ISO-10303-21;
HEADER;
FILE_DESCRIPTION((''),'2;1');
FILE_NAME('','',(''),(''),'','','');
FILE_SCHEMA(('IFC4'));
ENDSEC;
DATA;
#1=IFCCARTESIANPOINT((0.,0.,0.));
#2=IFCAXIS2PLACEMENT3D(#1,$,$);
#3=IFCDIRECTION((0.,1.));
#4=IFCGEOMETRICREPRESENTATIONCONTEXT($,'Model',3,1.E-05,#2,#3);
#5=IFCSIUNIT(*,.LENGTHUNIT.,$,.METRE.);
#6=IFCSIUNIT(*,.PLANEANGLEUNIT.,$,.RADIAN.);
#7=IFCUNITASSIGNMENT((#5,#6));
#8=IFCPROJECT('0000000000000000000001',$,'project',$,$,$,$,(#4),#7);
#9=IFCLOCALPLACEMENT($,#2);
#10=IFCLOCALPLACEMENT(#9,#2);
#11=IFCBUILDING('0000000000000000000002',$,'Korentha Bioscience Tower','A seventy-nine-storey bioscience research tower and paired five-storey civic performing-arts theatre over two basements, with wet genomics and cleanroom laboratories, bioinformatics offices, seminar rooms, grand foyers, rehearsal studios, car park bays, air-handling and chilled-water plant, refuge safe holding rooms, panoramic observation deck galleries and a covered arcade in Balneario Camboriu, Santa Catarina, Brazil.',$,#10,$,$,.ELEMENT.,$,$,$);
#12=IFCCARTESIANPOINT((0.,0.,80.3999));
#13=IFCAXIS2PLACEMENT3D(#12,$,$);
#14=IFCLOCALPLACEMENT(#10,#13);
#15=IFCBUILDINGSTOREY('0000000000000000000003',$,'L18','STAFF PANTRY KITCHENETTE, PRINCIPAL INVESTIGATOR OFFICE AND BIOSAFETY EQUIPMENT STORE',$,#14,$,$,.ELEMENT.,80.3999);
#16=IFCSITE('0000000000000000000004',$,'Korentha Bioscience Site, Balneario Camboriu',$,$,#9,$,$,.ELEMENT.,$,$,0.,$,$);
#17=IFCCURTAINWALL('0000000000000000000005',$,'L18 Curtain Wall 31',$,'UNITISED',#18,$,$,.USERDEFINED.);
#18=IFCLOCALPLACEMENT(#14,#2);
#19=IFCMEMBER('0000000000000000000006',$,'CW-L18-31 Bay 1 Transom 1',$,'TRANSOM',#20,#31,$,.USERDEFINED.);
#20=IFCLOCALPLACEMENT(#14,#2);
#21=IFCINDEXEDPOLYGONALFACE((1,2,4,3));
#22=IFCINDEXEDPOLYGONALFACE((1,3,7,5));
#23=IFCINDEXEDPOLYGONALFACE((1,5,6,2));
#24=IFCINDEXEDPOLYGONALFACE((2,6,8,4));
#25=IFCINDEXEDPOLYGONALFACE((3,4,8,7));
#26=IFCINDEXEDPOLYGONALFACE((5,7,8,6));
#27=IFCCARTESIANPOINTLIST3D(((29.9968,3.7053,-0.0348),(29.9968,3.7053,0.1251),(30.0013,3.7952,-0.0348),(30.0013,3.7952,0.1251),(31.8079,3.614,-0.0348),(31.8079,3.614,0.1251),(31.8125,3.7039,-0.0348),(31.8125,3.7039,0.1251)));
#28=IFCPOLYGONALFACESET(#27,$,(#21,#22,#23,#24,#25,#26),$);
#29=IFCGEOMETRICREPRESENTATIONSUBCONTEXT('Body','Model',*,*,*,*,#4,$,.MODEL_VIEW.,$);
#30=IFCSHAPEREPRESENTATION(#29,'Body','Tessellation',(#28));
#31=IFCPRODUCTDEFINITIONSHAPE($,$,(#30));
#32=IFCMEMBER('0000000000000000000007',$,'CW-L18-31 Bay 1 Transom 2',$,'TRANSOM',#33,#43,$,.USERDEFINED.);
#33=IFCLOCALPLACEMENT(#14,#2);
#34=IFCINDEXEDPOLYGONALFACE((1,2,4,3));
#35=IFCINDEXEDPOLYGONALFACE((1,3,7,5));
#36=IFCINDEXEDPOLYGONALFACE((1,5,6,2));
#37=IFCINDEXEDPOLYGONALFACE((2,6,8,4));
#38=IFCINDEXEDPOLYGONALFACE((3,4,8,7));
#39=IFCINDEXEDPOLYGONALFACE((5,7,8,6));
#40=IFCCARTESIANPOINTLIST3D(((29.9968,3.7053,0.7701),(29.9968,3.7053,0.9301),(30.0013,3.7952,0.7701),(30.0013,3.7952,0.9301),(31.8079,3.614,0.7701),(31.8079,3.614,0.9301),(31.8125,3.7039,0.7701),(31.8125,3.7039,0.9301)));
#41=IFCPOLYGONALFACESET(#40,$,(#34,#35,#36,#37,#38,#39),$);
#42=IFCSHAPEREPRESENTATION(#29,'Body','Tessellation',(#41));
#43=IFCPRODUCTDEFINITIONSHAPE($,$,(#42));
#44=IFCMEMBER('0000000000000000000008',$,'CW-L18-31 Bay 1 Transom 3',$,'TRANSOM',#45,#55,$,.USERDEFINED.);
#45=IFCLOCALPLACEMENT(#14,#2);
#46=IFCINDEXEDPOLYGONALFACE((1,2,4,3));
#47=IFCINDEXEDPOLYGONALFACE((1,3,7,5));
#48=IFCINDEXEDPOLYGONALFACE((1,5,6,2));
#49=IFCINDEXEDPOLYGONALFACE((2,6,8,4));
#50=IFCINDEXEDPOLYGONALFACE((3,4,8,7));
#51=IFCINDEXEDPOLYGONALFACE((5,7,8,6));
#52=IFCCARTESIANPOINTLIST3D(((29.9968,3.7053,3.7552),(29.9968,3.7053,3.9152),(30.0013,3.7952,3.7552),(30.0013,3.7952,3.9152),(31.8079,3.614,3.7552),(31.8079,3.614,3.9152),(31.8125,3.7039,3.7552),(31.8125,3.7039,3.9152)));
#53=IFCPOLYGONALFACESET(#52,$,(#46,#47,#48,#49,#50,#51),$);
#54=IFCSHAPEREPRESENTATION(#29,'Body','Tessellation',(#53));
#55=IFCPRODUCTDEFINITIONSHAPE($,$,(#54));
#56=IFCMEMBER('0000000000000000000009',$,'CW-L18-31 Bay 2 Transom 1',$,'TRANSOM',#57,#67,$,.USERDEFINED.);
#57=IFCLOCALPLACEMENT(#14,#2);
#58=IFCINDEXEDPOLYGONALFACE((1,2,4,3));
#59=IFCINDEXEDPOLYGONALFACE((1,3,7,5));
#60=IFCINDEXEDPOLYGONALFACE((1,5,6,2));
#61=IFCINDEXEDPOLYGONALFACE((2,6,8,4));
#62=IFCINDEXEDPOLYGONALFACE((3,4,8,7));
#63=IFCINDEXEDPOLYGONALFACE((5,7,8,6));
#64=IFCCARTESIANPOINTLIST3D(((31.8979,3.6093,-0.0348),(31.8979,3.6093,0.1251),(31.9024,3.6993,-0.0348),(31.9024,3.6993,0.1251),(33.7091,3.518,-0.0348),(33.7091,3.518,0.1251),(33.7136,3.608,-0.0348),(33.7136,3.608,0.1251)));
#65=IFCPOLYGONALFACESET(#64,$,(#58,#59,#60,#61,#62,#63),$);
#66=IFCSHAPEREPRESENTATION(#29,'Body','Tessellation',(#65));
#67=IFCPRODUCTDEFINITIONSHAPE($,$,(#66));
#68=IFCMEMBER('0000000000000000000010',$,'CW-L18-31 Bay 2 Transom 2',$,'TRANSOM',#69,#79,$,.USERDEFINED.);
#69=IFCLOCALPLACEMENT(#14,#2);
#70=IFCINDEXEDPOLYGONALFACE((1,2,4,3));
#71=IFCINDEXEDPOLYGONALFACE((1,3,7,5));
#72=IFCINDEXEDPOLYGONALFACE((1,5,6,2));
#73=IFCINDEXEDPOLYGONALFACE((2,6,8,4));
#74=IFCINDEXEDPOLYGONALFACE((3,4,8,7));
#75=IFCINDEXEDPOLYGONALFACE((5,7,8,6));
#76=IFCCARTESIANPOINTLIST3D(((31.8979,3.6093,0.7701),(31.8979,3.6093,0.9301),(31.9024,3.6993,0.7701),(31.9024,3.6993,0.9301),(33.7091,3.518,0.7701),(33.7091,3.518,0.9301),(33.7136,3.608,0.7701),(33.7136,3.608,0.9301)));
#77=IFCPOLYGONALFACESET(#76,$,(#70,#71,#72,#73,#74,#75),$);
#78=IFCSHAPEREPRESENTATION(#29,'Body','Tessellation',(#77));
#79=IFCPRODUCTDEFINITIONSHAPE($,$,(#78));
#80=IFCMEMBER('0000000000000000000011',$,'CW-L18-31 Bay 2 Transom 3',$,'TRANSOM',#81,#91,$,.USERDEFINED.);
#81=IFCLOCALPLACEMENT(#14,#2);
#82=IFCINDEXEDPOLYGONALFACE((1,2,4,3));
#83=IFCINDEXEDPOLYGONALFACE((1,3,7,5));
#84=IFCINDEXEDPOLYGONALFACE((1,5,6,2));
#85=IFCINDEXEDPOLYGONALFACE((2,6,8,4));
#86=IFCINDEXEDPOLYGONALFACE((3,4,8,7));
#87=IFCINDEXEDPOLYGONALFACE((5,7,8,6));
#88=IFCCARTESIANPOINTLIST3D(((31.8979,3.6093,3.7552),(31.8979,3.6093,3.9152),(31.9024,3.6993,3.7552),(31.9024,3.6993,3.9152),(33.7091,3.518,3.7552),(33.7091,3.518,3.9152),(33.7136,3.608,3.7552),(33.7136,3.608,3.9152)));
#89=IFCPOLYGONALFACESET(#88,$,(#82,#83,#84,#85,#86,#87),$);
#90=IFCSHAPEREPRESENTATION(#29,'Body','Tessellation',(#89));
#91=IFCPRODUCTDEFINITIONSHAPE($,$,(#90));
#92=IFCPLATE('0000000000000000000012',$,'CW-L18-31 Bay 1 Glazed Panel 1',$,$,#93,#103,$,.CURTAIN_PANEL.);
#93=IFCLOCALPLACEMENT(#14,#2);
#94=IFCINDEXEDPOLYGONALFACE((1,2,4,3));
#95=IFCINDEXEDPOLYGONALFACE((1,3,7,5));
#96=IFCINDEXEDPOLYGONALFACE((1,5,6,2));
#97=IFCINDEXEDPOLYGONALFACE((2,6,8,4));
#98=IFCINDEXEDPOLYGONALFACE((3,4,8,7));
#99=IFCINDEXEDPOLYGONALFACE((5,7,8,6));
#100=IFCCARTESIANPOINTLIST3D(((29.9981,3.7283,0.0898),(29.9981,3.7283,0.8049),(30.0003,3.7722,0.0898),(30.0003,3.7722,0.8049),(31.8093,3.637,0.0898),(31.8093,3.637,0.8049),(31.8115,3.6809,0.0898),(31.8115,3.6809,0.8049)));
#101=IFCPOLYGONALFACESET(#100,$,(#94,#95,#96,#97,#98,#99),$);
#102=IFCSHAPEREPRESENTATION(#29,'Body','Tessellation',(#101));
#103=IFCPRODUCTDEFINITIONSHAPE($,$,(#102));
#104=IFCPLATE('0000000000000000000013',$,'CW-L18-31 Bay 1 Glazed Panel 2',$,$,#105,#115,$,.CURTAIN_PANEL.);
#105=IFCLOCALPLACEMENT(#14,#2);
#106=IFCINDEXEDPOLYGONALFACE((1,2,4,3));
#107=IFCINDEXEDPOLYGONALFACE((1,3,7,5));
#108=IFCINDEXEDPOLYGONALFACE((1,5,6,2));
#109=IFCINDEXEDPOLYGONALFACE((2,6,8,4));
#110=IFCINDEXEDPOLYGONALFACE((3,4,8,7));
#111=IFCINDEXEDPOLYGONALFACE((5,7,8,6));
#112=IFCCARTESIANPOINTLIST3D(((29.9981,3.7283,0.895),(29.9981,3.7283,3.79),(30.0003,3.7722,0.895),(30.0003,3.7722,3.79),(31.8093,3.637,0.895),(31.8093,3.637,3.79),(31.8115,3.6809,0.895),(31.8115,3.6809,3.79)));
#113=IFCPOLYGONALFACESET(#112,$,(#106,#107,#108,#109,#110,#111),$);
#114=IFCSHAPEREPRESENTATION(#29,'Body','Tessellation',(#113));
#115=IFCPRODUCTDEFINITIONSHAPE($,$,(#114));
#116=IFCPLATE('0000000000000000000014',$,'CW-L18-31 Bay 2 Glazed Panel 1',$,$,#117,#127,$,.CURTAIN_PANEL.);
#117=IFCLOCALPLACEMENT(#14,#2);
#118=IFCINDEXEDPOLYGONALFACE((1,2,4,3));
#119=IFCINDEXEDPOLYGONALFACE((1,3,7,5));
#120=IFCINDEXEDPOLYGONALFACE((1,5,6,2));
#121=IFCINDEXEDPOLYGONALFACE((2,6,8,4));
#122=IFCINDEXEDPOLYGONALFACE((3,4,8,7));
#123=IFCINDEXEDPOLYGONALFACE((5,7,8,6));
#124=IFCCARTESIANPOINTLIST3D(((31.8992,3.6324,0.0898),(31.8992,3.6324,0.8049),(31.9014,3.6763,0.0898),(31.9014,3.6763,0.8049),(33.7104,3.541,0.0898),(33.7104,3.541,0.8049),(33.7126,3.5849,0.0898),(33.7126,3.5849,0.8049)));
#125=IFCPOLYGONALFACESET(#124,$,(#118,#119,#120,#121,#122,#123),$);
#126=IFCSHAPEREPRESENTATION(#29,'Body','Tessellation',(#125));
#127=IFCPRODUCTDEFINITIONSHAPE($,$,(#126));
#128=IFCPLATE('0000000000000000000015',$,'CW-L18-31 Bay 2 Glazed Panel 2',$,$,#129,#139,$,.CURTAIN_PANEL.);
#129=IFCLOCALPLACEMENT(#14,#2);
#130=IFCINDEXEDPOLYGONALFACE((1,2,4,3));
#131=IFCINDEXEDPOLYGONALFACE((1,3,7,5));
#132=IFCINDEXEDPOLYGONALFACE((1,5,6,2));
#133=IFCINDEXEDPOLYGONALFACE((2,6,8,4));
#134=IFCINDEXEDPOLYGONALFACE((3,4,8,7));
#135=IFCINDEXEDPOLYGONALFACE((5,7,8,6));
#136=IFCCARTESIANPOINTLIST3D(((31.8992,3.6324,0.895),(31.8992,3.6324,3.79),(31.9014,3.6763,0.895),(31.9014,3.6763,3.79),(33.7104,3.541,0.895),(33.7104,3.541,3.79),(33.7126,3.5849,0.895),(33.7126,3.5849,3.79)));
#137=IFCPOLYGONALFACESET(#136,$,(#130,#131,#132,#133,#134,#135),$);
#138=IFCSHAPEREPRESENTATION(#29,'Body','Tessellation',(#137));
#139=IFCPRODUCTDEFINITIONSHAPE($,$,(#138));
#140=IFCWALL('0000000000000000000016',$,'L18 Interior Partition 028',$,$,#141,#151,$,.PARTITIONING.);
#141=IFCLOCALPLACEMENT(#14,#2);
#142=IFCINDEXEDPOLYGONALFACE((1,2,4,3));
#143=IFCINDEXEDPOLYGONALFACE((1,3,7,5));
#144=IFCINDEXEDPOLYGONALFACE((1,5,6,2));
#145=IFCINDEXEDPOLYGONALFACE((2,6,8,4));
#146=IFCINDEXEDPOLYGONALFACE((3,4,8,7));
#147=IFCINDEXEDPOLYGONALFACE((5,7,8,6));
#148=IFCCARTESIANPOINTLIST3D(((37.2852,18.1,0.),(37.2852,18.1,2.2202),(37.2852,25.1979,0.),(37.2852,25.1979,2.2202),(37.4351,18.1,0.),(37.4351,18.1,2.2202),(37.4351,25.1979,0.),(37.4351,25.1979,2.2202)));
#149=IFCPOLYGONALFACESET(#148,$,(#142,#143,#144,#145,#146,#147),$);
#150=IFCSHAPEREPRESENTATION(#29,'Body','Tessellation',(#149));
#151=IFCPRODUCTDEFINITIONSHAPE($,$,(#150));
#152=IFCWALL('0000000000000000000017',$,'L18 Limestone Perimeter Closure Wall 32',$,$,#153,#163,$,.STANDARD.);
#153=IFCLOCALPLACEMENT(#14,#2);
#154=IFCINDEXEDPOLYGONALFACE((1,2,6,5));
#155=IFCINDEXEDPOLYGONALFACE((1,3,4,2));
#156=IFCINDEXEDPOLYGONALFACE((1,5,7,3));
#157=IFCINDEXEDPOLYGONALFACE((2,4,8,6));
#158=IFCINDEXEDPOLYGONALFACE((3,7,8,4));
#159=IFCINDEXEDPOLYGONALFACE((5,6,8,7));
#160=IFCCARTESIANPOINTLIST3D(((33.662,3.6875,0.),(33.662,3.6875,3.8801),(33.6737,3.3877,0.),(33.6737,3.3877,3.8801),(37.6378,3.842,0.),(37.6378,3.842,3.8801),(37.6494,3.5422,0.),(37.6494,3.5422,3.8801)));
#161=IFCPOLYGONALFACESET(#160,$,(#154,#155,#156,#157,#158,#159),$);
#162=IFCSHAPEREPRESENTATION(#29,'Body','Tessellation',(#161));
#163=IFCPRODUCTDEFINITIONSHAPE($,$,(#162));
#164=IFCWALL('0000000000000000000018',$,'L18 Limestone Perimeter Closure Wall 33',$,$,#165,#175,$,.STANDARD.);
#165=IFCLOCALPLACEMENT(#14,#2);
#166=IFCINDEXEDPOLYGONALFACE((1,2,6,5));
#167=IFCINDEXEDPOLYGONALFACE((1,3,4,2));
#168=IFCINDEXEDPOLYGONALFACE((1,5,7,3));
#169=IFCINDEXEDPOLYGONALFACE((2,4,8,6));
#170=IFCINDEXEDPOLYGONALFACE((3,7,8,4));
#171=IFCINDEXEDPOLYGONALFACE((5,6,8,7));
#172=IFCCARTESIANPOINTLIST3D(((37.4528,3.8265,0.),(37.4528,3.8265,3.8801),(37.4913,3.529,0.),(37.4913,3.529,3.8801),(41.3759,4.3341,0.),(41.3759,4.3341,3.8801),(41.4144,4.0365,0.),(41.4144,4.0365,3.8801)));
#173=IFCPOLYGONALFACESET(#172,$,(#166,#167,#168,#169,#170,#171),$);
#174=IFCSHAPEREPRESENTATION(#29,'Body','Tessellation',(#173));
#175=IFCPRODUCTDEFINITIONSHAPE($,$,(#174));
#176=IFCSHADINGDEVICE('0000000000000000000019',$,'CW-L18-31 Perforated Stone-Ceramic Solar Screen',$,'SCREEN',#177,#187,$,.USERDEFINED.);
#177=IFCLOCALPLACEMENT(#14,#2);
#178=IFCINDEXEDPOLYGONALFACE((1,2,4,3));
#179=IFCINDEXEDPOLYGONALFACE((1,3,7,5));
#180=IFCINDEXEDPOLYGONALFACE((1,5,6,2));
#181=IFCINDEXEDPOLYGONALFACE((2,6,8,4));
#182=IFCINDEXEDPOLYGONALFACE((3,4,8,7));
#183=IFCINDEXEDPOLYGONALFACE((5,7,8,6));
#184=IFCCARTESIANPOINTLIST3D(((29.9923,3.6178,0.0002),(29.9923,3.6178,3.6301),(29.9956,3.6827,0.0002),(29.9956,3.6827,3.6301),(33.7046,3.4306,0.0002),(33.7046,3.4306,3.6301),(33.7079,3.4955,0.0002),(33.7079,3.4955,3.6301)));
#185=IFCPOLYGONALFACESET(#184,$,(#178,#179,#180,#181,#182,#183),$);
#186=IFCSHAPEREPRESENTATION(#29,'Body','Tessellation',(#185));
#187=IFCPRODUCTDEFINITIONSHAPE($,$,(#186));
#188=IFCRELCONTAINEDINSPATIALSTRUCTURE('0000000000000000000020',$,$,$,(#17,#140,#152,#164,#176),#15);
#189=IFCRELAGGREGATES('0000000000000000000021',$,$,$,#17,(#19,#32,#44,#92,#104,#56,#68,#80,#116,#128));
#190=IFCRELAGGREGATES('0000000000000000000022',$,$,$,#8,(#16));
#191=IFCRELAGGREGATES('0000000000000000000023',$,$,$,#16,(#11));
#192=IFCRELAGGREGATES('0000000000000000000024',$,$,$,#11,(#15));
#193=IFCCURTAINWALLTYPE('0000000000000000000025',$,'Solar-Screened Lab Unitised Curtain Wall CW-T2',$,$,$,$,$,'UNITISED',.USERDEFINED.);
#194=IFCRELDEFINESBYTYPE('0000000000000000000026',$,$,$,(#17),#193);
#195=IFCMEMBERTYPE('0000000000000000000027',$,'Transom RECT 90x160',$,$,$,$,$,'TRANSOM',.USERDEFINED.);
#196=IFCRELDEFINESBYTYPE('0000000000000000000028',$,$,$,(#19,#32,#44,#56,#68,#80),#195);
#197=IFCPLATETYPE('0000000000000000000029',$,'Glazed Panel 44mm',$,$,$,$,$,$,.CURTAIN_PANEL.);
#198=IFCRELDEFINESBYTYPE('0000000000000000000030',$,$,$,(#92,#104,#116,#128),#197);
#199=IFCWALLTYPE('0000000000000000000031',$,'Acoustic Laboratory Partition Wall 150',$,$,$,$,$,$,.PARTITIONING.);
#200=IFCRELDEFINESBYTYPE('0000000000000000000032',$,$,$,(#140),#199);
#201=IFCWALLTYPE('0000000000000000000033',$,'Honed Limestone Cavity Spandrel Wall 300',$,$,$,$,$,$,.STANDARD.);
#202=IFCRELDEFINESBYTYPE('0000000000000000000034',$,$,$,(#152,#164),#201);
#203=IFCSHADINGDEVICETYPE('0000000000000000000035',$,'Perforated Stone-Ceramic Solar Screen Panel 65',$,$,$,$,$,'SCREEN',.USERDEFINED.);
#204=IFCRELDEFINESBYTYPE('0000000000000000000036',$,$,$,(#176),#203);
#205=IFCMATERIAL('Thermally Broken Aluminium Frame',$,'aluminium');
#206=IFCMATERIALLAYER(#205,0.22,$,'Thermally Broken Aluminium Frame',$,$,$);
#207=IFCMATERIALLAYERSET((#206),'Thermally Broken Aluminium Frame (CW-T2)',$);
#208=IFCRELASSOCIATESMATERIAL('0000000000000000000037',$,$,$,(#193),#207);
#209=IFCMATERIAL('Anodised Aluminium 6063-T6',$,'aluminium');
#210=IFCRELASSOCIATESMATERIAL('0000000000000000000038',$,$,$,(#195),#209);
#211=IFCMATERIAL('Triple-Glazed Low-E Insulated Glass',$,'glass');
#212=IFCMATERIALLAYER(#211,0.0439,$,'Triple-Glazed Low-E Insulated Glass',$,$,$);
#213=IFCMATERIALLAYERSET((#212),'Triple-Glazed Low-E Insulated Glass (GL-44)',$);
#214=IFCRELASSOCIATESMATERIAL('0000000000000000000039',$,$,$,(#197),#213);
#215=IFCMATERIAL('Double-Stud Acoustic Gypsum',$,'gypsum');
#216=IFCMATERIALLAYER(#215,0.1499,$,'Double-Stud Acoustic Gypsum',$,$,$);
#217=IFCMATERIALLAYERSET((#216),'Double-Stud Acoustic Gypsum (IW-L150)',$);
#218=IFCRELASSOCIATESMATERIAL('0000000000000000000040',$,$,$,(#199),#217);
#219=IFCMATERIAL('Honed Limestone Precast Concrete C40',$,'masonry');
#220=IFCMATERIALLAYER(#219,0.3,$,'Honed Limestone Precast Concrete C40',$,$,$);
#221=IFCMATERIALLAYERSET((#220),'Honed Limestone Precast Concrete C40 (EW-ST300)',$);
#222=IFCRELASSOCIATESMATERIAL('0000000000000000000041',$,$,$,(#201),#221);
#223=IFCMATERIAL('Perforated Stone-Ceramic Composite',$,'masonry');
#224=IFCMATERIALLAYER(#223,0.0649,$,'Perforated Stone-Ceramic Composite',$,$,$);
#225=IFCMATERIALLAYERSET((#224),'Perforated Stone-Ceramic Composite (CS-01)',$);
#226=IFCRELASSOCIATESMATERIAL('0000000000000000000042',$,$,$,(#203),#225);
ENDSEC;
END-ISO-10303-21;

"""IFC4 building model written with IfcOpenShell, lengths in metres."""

from ifc_helpers import new_model, si_unit, direction, frame, frame_2d, origin, origin_2d, place, context, subcontext, project, spatial, rectangle, extrude, material, layer, layer_set, material_profile, profile_set, type_object, element, aggregate, save


model = new_model("IFC4")

# Units and contexts
model_context = context("Model", 3, precision=1e-05, world=origin(), true_north=direction((0.0, 1.0)))
body_context = subcontext(model_context, "Body", "Model", "MODEL_VIEW")
ifc_project = project(units=[si_unit("LENGTHUNIT", "METRE"), si_unit("PLANEANGLEUNIT", "RADIAN")], contexts=[model_context])

# Site, building, storey
site_placement = place(None, origin())
site = spatial("IfcSite", under=ifc_project, at=site_placement, Name="Korentha Bioscience Site, Balneario Camboriu", CompositionType="ELEMENT", RefElevation=0.0)
building_placement = place(site_placement, origin())
building = spatial("IfcBuilding", under=site, at=building_placement, Name="Korentha Bioscience Tower", Description="A seventy-nine-storey bioscience research tower and paired five-storey civic performing-arts theatre over two basements, with wet genomics and cleanroom laboratories, bioinformatics offices, seminar rooms, grand foyers, rehearsal studios, car park bays, air-handling and chilled-water plant, refuge safe holding rooms, panoramic observation deck galleries and a covered arcade in Balneario Camboriu, Santa Catarina, Brazil.", CompositionType="ELEMENT")
storey_placement = place(building_placement, frame((0.0, 0.0, 80.3999)))
storey = spatial("IfcBuildingStorey", under=building, at=storey_placement, Name="L18", Description="STAFF PANTRY KITCHENETTE, PRINCIPAL INVESTIGATOR OFFICE AND BIOSAFETY EQUIPMENT STORE", CompositionType="ELEMENT", Elevation=80.3999)

# Curtain wall, members, plates
ifc_material_1 = material(Name="Thermally Broken Aluminium Frame", Category="aluminium")
ifc_layer_1 = layer(ifc_material_1, 0.22, Name="Thermally Broken Aluminium Frame")
ifc_layer_set_1 = layer_set([ifc_layer_1], Name="Thermally Broken Aluminium Frame (CW-T2)")
curtain_wall_type = type_object("IfcCurtainWallType", Name="Solar-Screened Lab Unitised Curtain Wall CW-T2", ElementType="UNITISED", PredefinedType="USERDEFINED", material=ifc_layer_set_1)
curtain_wall_placement = place(storey_placement, origin())
curtain_wall = element("IfcCurtainWall", 1, at=curtain_wall_placement, inside=storey, type_object=curtain_wall_type, Name="L18 Curtain Wall 31", ObjectType="UNITISED", PredefinedType="USERDEFINED")
ifc_material_2 = material(Name="Anodised Aluminium 6063-T6", Category="aluminium")
ifc_material_profile_1 = material_profile(ifc_material_2, rectangle(XDim=0.0901, YDim=0.1599, at=origin_2d()), Name="Anodised Aluminium 6063-T6")
ifc_profile_set_1 = profile_set([ifc_material_profile_1], Name="Anodised Aluminium 6063-T6 (CW-TRN)")
member_type_1 = type_object("IfcMemberType", Name="Transom RECT 90x160", ElementType="TRANSOM", PredefinedType="USERDEFINED", material=ifc_profile_set_1)
member_1_placement = place(storey_placement, frame((29.999, 3.7502, 0.0452), z_axis=(0.998732, -0.050347, 0.0), x_axis=(0.050347, 0.998732, 0.0)))
member_1 = element("IfcMember", 2, at=member_1_placement, type_object=member_type_1, Name="CW-L18-31 Bay 1 Transom 1", ObjectType="TRANSOM", PredefinedType="USERDEFINED", context=body_context, shape_type="SweptSolid", body=[
    extrude(rectangle(XDim=0.0901, YDim=0.1599, at=origin_2d()), origin(), (0.0, 0.0, 1.0), 1.8135),
])
member_2_placement = place(storey_placement, frame((29.999, 3.7502, 0.8501), z_axis=(0.998732, -0.050347, 0.0), x_axis=(0.050347, 0.998732, 0.0)))
member_2 = element("IfcMember", 3, at=member_2_placement, type_object=member_type_1, Name="CW-L18-31 Bay 1 Transom 2", ObjectType="TRANSOM", PredefinedType="USERDEFINED", context=body_context, shape_type="SweptSolid", body=[
    extrude(rectangle(XDim=0.0901, YDim=0.1599, at=origin_2d()), origin(), (0.0, 0.0, 1.0), 1.8135),
])
member_3_placement = place(storey_placement, frame((29.999, 3.7502, 3.8352), z_axis=(0.998732, -0.050347, 0.0), x_axis=(0.050347, 0.998732, 0.0)))
member_3 = element("IfcMember", 4, at=member_3_placement, type_object=member_type_1, Name="CW-L18-31 Bay 1 Transom 3", ObjectType="TRANSOM", PredefinedType="USERDEFINED", context=body_context, shape_type="SweptSolid", body=[
    extrude(rectangle(XDim=0.0901, YDim=0.1599, at=origin_2d()), origin(), (0.0, 0.0, 1.0), 1.8135),
])
member_4_placement = place(storey_placement, frame((31.9001, 3.6543, 0.0452), z_axis=(0.998732, -0.050347, 0.0), x_axis=(0.050347, 0.998732, 0.0)))
member_4 = element("IfcMember", 5, at=member_4_placement, type_object=member_type_1, Name="CW-L18-31 Bay 2 Transom 1", ObjectType="TRANSOM", PredefinedType="USERDEFINED", context=body_context, shape_type="SweptSolid", body=[
    extrude(rectangle(XDim=0.0901, YDim=0.1599, at=origin_2d()), origin(), (0.0, 0.0, 1.0), 1.8135),
])
member_5_placement = place(storey_placement, frame((31.9001, 3.6543, 0.8501), z_axis=(0.998732, -0.050347, 0.0), x_axis=(0.050347, 0.998732, 0.0)))
member_5 = element("IfcMember", 6, at=member_5_placement, type_object=member_type_1, Name="CW-L18-31 Bay 2 Transom 2", ObjectType="TRANSOM", PredefinedType="USERDEFINED", context=body_context, shape_type="SweptSolid", body=[
    extrude(rectangle(XDim=0.0901, YDim=0.1599, at=origin_2d()), origin(), (0.0, 0.0, 1.0), 1.8135),
])
member_6_placement = place(storey_placement, frame((31.9001, 3.6543, 3.8352), z_axis=(0.998732, -0.050347, 0.0), x_axis=(0.050347, 0.998732, 0.0)))
member_6 = element("IfcMember", 7, at=member_6_placement, type_object=member_type_1, Name="CW-L18-31 Bay 2 Transom 3", ObjectType="TRANSOM", PredefinedType="USERDEFINED", context=body_context, shape_type="SweptSolid", body=[
    extrude(rectangle(XDim=0.0901, YDim=0.1599, at=origin_2d()), origin(), (0.0, 0.0, 1.0), 1.8135),
])
ifc_material_3 = material(Name="Triple-Glazed Low-E Insulated Glass", Category="glass")
ifc_layer_2 = layer(ifc_material_3, 0.0439, Name="Triple-Glazed Low-E Insulated Glass")
ifc_layer_set_2 = layer_set([ifc_layer_2], Name="Triple-Glazed Low-E Insulated Glass (GL-44)")
plate_type = type_object("IfcPlateType", Name="Glazed Panel 44mm", PredefinedType="CURTAIN_PANEL", material=ifc_layer_set_2)
plate_1_placement = place(storey_placement, frame((30.9048, 3.7046, 0.0898), z_axis=(0.0, 0.0, 1.0), x_axis=(0.998731, -0.050371, 0.0)))
plate_1 = element("IfcPlate", 8, at=plate_1_placement, type_object=plate_type, Name="CW-L18-31 Bay 1 Glazed Panel 1", PredefinedType="CURTAIN_PANEL", context=body_context, shape_type="SweptSolid", body=[
    extrude(rectangle(XDim=1.8135, YDim=0.0439, at=origin_2d()), origin(), (0.0, 0.0, 1.0), 0.7151),
])
plate_2_placement = place(storey_placement, frame((30.9048, 3.7046, 0.895), z_axis=(0.0, 0.0, 1.0), x_axis=(0.998731, -0.050371, 0.0)))
plate_2 = element("IfcPlate", 9, at=plate_2_placement, type_object=plate_type, Name="CW-L18-31 Bay 1 Glazed Panel 2", PredefinedType="CURTAIN_PANEL", context=body_context, shape_type="SweptSolid", body=[
    extrude(rectangle(XDim=1.8135, YDim=0.0439, at=origin_2d()), origin(), (0.0, 0.0, 1.0), 2.895),
])
plate_3_placement = place(storey_placement, frame((32.8059, 3.6086, 0.0898), z_axis=(0.0, 0.0, 1.0), x_axis=(0.998731, -0.050371, 0.0)))
plate_3 = element("IfcPlate", 10, at=plate_3_placement, type_object=plate_type, Name="CW-L18-31 Bay 2 Glazed Panel 1", PredefinedType="CURTAIN_PANEL", context=body_context, shape_type="SweptSolid", body=[
    extrude(rectangle(XDim=1.8135, YDim=0.0439, at=origin_2d()), origin(), (0.0, 0.0, 1.0), 0.7151),
])
plate_4_placement = place(storey_placement, frame((32.8059, 3.6086, 0.895), z_axis=(0.0, 0.0, 1.0), x_axis=(0.998731, -0.050371, 0.0)))
plate_4 = element("IfcPlate", 11, at=plate_4_placement, type_object=plate_type, Name="CW-L18-31 Bay 2 Glazed Panel 2", PredefinedType="CURTAIN_PANEL", context=body_context, shape_type="SweptSolid", body=[
    extrude(rectangle(XDim=1.8135, YDim=0.0439, at=origin_2d()), origin(), (0.0, 0.0, 1.0), 2.895),
])
aggregate(curtain_wall, [member_1, member_2, member_3, plate_1, plate_2, member_4, member_5, member_6, plate_3, plate_4])

# Walls
ifc_material_4 = material(Name="Double-Stud Acoustic Gypsum", Category="gypsum")
ifc_layer_3 = layer(ifc_material_4, 0.1499, Name="Double-Stud Acoustic Gypsum")
ifc_layer_set_3 = layer_set([ifc_layer_3], Name="Double-Stud Acoustic Gypsum (IW-L150)")
wall_type_1 = type_object("IfcWallType", Name="Acoustic Laboratory Partition Wall 150", PredefinedType="PARTITIONING", material=ifc_layer_set_3)
wall_1_placement = place(storey_placement, frame((37.3601, 18.1001, 0.0), z_axis=(0.0, 0.0, 1.0), x_axis=(0.0, 1.0, 0.0)))
element("IfcWall", 12, at=wall_1_placement, inside=storey, type_object=wall_type_1, Name="L18 Interior Partition 028", PredefinedType="PARTITIONING", context=body_context, shape_type="SweptSolid", body=[
    extrude(rectangle(XDim=7.0979, YDim=0.1499, at=frame_2d((3.5488, 0.0))), origin(), (0.0, 0.0, 1.0), 2.2202),
])
ifc_material_5 = material(Name="Honed Limestone Precast Concrete C40", Category="masonry")
ifc_layer_4 = layer(ifc_material_5, 0.3, Name="Honed Limestone Precast Concrete C40")
ifc_layer_set_4 = layer_set([ifc_layer_4], Name="Honed Limestone Precast Concrete C40 (EW-ST300)")
wall_type_2 = type_object("IfcWallType", Name="Honed Limestone Cavity Spandrel Wall 300", PredefinedType="STANDARD", material=ifc_layer_set_4)
wall_2_placement = place(storey_placement, frame((33.668, 3.5376, 0.0), z_axis=(0.0, 0.0, 1.0), x_axis=(0.999245, 0.038841, 0.0)))
element("IfcWall", 13, at=wall_2_placement, inside=storey, type_object=wall_type_2, Name="L18 Limestone Perimeter Closure Wall 32", PredefinedType="STANDARD", context=body_context, shape_type="SweptSolid", body=[
    extrude(rectangle(XDim=3.9788, YDim=0.3, at=frame_2d((1.9893, 0.0))), origin(), (0.0, 0.0, 1.0), 3.8801),
])
wall_3_placement = place(storey_placement, frame((37.4719, 3.6777, 0.0), z_axis=(0.0, 0.0, 1.0), x_axis=(0.991734, 0.12831, 0.0)))
element("IfcWall", 14, at=wall_3_placement, inside=storey, type_object=wall_type_2, Name="L18 Limestone Perimeter Closure Wall 33", PredefinedType="STANDARD", context=body_context, shape_type="SweptSolid", body=[
    extrude(rectangle(XDim=3.9558, YDim=0.3, at=frame_2d((1.978, 0.0))), origin(), (0.0, 0.0, 1.0), 3.8801),
])

# Shading device
ifc_material_6 = material(Name="Perforated Stone-Ceramic Composite", Category="masonry")
ifc_layer_5 = layer(ifc_material_6, 0.0649, Name="Perforated Stone-Ceramic Composite")
ifc_layer_set_5 = layer_set([ifc_layer_5], Name="Perforated Stone-Ceramic Composite (CS-01)")
shading_device_type_1 = type_object("IfcShadingDeviceType", Name="Perforated Stone-Ceramic Solar Screen Panel 65", ElementType="SCREEN", PredefinedType="USERDEFINED", material=ifc_layer_set_5)
shading_device_1_placement = place(storey_placement, frame((31.8501, 3.5566, 0.0002), z_axis=(0.0, 0.0, 1.0), x_axis=(0.998731, -0.050371, 0.0)))
element("IfcShadingDevice", 15, at=shading_device_1_placement, inside=storey, type_object=shading_device_type_1, Name="CW-L18-31 Perforated Stone-Ceramic Solar Screen", ObjectType="SCREEN", PredefinedType="USERDEFINED", context=body_context, shape_type="SweptSolid", body=[
    extrude(rectangle(XDim=3.717, YDim=0.0649, at=origin_2d()), origin(), (0.0, 0.0, 1.0), 3.6299),
])

save(model, "model.ifc")
